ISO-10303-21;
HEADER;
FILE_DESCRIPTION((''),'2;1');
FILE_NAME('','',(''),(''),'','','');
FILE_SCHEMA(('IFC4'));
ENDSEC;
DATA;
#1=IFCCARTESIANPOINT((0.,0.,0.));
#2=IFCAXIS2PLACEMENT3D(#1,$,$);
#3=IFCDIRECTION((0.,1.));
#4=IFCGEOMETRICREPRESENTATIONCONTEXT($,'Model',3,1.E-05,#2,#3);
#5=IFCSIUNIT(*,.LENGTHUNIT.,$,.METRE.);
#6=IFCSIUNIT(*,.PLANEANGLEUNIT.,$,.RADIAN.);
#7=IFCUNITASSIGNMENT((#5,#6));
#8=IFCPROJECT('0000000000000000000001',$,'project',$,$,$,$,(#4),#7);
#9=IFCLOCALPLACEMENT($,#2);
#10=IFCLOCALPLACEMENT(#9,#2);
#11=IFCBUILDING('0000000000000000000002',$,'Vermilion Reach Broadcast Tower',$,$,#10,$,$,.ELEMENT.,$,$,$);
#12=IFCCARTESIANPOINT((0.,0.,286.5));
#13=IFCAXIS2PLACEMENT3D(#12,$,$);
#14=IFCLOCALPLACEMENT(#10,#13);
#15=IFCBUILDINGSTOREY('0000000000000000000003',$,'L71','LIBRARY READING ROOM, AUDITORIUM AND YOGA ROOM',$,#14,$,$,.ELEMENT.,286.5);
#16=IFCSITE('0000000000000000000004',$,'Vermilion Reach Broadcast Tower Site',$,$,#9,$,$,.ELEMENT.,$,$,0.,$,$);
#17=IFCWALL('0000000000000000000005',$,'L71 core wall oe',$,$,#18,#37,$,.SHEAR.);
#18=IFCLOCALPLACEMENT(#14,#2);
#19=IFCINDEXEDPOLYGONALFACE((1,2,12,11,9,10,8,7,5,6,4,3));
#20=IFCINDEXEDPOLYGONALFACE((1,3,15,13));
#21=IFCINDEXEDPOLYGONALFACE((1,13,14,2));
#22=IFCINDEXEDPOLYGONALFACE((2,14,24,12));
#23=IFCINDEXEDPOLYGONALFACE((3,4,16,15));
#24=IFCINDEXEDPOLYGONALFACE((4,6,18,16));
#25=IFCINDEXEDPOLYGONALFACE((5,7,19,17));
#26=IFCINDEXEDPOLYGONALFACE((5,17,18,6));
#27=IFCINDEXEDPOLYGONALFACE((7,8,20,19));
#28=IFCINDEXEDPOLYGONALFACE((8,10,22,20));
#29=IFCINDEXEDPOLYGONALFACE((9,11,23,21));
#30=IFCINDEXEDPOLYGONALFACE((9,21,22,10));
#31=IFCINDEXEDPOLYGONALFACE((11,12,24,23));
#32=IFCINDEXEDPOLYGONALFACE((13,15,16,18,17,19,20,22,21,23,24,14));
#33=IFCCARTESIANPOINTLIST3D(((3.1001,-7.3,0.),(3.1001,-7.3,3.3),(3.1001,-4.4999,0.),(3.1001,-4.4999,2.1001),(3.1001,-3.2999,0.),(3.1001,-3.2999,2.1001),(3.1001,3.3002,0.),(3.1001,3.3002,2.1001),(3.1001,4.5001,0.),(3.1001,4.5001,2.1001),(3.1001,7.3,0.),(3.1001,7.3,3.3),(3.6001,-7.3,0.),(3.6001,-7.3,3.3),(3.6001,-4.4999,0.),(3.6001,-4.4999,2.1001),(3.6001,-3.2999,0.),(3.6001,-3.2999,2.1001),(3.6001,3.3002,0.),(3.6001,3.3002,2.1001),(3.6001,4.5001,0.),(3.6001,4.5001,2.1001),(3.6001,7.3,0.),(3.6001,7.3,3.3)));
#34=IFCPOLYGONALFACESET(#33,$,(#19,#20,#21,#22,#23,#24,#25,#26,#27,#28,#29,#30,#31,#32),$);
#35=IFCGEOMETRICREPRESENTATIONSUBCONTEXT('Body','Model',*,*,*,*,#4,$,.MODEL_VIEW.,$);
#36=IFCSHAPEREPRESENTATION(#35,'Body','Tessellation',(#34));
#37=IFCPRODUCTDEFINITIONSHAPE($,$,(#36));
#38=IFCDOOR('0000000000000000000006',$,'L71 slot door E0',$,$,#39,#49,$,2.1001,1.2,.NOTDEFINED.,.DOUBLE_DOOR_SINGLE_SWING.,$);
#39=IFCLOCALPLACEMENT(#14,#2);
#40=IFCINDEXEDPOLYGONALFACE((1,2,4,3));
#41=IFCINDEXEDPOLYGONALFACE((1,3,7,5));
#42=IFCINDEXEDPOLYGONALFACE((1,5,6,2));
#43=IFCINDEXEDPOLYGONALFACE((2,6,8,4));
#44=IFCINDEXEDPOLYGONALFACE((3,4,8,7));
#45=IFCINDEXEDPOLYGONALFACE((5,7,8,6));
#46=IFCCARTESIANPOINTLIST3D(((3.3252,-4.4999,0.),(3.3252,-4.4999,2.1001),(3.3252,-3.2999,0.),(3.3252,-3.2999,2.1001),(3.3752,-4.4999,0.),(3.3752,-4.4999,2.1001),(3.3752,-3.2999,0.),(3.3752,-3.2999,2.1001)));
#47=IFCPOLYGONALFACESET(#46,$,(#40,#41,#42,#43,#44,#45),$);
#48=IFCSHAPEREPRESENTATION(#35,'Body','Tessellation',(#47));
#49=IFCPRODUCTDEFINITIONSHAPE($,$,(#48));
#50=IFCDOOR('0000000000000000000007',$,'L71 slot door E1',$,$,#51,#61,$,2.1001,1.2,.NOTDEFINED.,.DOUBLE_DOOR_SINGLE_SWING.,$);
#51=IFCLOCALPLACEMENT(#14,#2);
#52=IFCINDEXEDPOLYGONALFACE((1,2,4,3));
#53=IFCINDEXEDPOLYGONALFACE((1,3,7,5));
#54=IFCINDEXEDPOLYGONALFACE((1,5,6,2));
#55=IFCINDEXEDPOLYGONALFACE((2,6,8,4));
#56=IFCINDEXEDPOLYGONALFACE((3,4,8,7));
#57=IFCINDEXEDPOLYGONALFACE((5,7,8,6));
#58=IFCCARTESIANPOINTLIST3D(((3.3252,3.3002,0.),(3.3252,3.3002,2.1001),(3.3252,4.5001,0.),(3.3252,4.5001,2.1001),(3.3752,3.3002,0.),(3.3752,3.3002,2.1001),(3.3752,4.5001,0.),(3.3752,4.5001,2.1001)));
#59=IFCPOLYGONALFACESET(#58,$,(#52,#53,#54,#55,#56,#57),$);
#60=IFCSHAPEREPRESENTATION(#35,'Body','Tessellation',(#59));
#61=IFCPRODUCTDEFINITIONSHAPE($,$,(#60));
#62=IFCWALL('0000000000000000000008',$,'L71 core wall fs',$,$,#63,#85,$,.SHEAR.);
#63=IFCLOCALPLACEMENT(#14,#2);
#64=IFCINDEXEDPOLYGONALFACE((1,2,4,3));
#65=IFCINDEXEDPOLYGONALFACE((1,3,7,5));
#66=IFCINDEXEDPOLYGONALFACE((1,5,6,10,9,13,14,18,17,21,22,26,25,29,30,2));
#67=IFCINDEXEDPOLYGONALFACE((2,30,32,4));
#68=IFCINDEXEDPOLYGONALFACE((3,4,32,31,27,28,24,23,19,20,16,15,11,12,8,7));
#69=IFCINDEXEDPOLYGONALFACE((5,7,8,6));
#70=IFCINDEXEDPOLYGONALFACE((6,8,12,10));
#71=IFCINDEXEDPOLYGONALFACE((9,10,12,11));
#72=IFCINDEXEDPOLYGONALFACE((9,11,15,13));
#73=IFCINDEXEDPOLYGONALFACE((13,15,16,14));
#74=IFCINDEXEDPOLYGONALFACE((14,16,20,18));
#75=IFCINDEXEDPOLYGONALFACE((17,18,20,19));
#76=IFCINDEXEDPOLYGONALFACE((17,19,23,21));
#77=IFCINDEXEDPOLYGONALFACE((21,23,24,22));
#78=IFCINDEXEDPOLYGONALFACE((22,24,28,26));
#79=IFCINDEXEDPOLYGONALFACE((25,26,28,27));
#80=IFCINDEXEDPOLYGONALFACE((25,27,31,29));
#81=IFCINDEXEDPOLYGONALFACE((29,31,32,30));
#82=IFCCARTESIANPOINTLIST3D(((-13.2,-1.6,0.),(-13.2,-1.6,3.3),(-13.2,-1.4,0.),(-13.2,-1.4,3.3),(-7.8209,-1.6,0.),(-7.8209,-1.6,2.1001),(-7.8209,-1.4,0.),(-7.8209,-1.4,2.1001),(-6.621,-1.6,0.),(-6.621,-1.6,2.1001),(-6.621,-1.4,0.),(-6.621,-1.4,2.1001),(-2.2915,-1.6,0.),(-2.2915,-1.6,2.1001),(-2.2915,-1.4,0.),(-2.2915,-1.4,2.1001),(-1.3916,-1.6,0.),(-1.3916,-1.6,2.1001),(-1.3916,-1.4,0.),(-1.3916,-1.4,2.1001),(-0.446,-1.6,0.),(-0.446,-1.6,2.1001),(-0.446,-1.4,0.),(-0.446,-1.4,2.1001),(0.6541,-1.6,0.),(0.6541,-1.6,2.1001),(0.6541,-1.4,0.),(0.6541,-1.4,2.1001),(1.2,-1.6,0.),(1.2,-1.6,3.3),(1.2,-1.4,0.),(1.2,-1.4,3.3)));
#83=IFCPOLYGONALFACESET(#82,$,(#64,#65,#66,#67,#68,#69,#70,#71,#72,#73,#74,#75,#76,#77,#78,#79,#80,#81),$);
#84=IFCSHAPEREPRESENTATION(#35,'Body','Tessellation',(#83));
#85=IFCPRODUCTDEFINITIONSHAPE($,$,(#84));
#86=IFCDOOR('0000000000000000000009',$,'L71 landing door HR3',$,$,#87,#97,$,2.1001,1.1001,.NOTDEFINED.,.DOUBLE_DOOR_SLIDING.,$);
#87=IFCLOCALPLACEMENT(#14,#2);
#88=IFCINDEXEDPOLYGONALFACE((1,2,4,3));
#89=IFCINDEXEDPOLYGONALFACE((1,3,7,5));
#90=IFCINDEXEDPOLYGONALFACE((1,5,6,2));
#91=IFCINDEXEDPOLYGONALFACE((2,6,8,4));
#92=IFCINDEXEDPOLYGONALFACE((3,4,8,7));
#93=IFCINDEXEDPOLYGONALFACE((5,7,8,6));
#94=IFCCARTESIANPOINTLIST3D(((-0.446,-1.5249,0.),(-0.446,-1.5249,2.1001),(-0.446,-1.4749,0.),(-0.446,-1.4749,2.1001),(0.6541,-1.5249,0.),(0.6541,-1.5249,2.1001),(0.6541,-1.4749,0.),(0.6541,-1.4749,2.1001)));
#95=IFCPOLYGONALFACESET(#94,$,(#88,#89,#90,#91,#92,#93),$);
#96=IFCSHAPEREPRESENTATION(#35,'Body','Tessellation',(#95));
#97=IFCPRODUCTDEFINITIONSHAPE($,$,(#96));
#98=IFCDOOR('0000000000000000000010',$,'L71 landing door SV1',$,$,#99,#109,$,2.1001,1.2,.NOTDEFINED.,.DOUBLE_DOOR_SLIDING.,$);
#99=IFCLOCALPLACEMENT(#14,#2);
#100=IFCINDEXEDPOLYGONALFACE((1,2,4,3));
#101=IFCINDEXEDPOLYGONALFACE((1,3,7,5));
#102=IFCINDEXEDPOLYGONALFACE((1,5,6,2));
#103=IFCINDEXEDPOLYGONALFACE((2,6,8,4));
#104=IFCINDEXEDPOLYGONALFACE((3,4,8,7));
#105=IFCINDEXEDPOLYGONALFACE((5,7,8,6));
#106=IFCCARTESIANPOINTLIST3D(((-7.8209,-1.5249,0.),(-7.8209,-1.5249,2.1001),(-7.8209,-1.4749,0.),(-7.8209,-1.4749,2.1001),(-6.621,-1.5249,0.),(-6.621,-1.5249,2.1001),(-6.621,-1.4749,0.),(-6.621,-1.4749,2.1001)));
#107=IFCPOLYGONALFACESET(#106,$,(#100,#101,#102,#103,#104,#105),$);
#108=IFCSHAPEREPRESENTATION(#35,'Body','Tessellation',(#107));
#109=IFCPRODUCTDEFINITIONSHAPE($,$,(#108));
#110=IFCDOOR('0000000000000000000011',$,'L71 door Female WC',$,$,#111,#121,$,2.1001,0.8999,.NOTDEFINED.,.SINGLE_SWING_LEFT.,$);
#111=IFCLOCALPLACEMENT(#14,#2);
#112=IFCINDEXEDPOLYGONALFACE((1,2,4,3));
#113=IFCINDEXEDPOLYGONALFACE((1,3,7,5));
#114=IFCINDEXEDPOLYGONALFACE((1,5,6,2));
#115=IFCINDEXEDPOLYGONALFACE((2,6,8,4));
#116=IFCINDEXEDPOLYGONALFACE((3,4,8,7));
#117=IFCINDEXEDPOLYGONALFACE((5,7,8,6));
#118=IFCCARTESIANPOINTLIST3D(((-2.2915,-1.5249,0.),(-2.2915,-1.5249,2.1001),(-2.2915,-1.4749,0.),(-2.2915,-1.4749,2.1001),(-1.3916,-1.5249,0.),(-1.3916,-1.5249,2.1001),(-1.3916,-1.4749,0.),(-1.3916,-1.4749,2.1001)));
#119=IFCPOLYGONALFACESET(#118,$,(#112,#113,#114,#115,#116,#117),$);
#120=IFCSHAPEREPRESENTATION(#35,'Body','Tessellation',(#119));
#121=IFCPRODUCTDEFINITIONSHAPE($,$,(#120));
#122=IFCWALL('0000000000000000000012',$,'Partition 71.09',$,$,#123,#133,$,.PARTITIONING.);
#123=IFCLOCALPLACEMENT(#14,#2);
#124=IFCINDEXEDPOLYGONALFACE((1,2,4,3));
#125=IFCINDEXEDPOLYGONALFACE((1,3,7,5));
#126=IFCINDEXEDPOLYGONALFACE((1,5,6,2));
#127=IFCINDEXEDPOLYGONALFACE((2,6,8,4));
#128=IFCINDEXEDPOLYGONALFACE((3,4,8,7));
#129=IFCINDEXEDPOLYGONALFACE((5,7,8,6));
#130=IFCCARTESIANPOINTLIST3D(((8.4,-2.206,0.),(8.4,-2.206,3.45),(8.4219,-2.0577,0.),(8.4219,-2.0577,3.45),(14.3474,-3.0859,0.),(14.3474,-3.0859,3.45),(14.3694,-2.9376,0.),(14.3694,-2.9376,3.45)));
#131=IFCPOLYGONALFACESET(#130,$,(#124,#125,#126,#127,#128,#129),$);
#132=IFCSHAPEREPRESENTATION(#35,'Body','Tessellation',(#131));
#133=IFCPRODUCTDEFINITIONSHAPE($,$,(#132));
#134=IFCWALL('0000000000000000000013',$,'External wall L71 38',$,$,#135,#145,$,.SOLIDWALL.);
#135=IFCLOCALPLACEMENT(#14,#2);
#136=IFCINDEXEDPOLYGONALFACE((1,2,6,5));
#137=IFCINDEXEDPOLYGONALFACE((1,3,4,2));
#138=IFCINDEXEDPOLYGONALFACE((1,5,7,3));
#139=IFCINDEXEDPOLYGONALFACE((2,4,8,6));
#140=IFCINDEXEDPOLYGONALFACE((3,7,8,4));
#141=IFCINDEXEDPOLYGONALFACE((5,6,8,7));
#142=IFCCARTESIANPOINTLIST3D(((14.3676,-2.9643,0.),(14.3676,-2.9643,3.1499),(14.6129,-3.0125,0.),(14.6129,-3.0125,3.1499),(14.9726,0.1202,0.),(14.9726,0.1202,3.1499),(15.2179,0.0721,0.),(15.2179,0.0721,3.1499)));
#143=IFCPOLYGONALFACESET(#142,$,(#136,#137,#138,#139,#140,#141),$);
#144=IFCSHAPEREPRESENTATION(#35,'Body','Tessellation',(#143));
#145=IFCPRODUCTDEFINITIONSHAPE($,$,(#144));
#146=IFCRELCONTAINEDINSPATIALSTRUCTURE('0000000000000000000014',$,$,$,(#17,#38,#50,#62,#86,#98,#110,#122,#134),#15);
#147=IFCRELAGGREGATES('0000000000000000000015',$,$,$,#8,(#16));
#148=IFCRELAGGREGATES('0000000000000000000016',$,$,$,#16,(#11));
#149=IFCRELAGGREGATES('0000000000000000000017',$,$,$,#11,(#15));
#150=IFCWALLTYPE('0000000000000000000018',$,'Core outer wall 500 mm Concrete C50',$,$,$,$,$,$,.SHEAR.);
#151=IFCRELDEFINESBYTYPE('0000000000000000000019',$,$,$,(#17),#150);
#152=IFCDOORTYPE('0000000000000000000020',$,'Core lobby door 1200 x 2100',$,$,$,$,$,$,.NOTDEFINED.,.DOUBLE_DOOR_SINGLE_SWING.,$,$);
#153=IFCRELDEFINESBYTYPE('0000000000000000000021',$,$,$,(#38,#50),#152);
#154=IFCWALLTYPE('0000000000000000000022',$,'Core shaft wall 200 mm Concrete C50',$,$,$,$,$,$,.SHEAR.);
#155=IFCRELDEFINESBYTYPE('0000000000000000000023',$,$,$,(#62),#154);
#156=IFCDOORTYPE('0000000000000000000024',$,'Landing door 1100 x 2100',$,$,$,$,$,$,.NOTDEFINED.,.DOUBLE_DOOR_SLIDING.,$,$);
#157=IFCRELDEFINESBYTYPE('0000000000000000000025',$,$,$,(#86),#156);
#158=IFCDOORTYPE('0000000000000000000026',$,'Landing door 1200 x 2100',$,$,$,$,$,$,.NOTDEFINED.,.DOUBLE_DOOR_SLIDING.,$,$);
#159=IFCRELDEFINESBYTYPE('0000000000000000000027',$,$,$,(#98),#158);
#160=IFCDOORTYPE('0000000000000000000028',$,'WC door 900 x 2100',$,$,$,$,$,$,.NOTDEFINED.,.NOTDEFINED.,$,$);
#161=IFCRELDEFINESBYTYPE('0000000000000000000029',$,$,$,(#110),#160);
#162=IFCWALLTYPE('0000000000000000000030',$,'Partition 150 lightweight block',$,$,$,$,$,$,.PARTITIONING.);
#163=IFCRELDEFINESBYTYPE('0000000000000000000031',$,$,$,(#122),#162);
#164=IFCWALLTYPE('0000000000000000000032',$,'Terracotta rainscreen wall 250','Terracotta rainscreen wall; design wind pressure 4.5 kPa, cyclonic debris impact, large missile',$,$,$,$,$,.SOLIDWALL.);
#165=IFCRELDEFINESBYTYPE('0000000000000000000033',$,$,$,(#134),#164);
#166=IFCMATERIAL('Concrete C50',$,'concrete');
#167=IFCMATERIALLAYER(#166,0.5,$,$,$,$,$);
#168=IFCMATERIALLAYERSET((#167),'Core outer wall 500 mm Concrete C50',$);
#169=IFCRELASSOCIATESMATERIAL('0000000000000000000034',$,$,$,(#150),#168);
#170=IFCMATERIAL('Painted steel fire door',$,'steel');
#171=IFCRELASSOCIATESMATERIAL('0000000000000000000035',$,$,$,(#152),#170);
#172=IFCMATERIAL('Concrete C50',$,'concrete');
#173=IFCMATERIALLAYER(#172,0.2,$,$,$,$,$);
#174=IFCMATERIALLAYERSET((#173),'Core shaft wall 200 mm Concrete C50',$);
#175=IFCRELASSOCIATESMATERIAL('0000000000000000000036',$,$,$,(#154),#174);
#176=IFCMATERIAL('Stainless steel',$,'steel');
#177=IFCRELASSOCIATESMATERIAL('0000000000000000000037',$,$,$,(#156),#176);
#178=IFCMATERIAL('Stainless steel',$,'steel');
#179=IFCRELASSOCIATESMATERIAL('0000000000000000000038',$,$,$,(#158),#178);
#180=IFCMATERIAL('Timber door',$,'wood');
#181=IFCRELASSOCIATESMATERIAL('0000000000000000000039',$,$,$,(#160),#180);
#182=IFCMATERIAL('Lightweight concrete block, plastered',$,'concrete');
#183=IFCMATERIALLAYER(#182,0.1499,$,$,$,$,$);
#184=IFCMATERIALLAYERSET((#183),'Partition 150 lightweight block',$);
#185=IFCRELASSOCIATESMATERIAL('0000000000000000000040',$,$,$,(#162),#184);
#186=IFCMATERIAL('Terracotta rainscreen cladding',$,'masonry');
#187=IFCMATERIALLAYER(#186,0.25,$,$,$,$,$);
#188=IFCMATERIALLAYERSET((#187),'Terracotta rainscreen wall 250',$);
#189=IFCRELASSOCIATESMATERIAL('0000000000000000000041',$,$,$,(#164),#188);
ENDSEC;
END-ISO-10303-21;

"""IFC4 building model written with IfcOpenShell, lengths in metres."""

from ifc_helpers import new_model, si_unit, direction, frame, frame_2d, origin, place, context, subcontext, project, spatial, rectangle, extrude, material, layer, layer_set, type_object, element, fill, save


model = new_model("IFC4")

# Units and contexts
model_context = context("Model", 3, precision=1e-05, world=origin(), true_north=direction((0.0, 1.0)))
body_context = subcontext(model_context, "Body", "Model", "MODEL_VIEW")
ifc_project = project(units=[si_unit("LENGTHUNIT", "METRE"), si_unit("PLANEANGLEUNIT", "RADIAN")], contexts=[model_context])

# Site, building, storey
site_placement = place(None, origin())
site = spatial("IfcSite", under=ifc_project, at=site_placement, Name="Vermilion Reach Broadcast Tower Site", CompositionType="ELEMENT", RefElevation=0.0)
building_placement = place(site_placement, origin())
building = spatial("IfcBuilding", under=site, at=building_placement, Name="Vermilion Reach Broadcast Tower", CompositionType="ELEMENT")
storey_placement = place(building_placement, frame((0.0, 0.0, 286.5)))
storey = spatial("IfcBuildingStorey", under=building, at=storey_placement, Name="L71", Description="LIBRARY READING ROOM, AUDITORIUM AND YOGA ROOM", CompositionType="ELEMENT", Elevation=286.5)

# Walls, openings, doors
ifc_material_1 = material(Name="Concrete C50", Category="concrete")
ifc_layer_1 = layer(ifc_material_1, 0.5)
ifc_layer_set_1 = layer_set([ifc_layer_1], Name="Core outer wall 500 mm Concrete C50")
wall_type_1 = type_object("IfcWallType", Name="Core outer wall 500 mm Concrete C50", PredefinedType="SHEAR", material=ifc_layer_set_1)
wall_1_placement = place(storey_placement, frame((3.3501, -7.3, 0.0), z_axis=(0.0, 0.0, 1.0), x_axis=(0.0, 1.0, 0.0)))
wall_1 = element("IfcWall", 1, at=wall_1_placement, inside=storey, type_object=wall_type_1, Name="L71 core wall oe", PredefinedType="SHEAR", context=body_context, shape_type="SweptSolid", body=[
    extrude(rectangle(XDim=14.6001, YDim=0.5, at=frame_2d((7.3, 0.0))), origin(), (0.0, 0.0, 1.0), 3.3),
])
opening_1_placement = place(wall_1_placement, frame((2.8, 0.0, 0.0)))
opening_1 = element("IfcOpeningElement", 2, at=opening_1_placement, cuts=wall_1, PredefinedType="OPENING", context=body_context, shape_type="SweptSolid", body=[
    extrude(rectangle(XDim=1.2, YDim=2.1001, at=frame_2d((0.6001, 1.05))), frame((0.0, 0.26, 0.0), z_axis=(0.0, -1.0, 0.0), x_axis=(1.0, 0.0, 0.0)), (0.0, 0.0, 1.0), 0.52),
])
opening_2_placement = place(wall_1_placement, frame((10.6001, 0.0, 0.0)))
opening_2 = element("IfcOpeningElement", 3, at=opening_2_placement, cuts=wall_1, PredefinedType="OPENING", context=body_context, shape_type="SweptSolid", body=[
    extrude(rectangle(XDim=1.2, YDim=2.1001, at=frame_2d((0.6001, 1.05))), frame((0.0, 0.26, 0.0), z_axis=(0.0, -1.0, 0.0), x_axis=(1.0, 0.0, 0.0)), (0.0, 0.0, 1.0), 0.52),
])
ifc_material_2 = material(Name="Painted steel fire door", Category="steel")
door_type_1 = type_object("IfcDoorType", Name="Core lobby door 1200 x 2100", OperationType="DOUBLE_DOOR_SINGLE_SWING", PredefinedType="NOTDEFINED", material=ifc_material_2)
door_1_placement = place(opening_1_placement, origin())
door_1 = element("IfcDoor", 4, at=door_1_placement, inside=storey, type_object=door_type_1, Name="L71 slot door E0", OperationType="DOUBLE_DOOR_SINGLE_SWING", OverallHeight=2.1001, OverallWidth=1.2, PredefinedType="NOTDEFINED", context=body_context, shape_type="SweptSolid", body=[
    extrude(rectangle(XDim=1.2, YDim=2.1001, at=frame_2d((0.6001, 1.05))), frame((0.0, 0.0249, 0.0), z_axis=(0.0, -1.0, 0.0), x_axis=(1.0, 0.0, 0.0)), (0.0, 0.0, 1.0), 0.05),
])
fill(opening_1, door_1)
door_2_placement = place(opening_2_placement, origin())
door_2 = element("IfcDoor", 5, at=door_2_placement, inside=storey, type_object=door_type_1, Name="L71 slot door E1", OperationType="DOUBLE_DOOR_SINGLE_SWING", OverallHeight=2.1001, OverallWidth=1.2, PredefinedType="NOTDEFINED", context=body_context, shape_type="SweptSolid", body=[
    extrude(rectangle(XDim=1.2, YDim=2.1001, at=frame_2d((0.6001, 1.05))), frame((0.0, 0.0249, 0.0), z_axis=(0.0, -1.0, 0.0), x_axis=(1.0, 0.0, 0.0)), (0.0, 0.0, 1.0), 0.05),
])
fill(opening_2, door_2)
ifc_material_3 = material(Name="Concrete C50", Category="concrete")
ifc_layer_2 = layer(ifc_material_3, 0.2)
ifc_layer_set_2 = layer_set([ifc_layer_2], Name="Core shaft wall 200 mm Concrete C50")
wall_type_2 = type_object("IfcWallType", Name="Core shaft wall 200 mm Concrete C50", PredefinedType="SHEAR", material=ifc_layer_set_2)
wall_2_placement = place(storey_placement, frame((1.2, -1.5, 0.0), z_axis=(0.0, 0.0, 1.0), x_axis=(-1.0, 0.0, 0.0)))
wall_2 = element("IfcWall", 6, at=wall_2_placement, inside=storey, type_object=wall_type_2, Name="L71 core wall fs", PredefinedType="SHEAR", context=body_context, shape_type="SweptSolid", body=[
    extrude(rectangle(XDim=14.3999, YDim=0.2, at=frame_2d((7.2, 0.0))), origin(), (0.0, 0.0, 1.0), 3.3),
])
opening_3_placement = place(wall_2_placement, frame((7.8208, 0.0, 0.0)))
opening_3 = element("IfcOpeningElement", 7, at=opening_3_placement, cuts=wall_2, PredefinedType="OPENING", context=body_context, shape_type="SweptSolid", body=[
    extrude(rectangle(XDim=1.2, YDim=2.1001, at=frame_2d((0.6001, 1.05))), frame((0.0, 0.1099, 0.0), z_axis=(0.0, -1.0, 0.0), x_axis=(1.0, 0.0, 0.0)), (0.0, 0.0, 1.0), 0.22),
])
opening_4_placement = place(wall_2_placement, frame((0.5459, 0.0, 0.0)))
opening_4 = element("IfcOpeningElement", 8, at=opening_4_placement, cuts=wall_2, PredefinedType="OPENING", context=body_context, shape_type="SweptSolid", body=[
    extrude(rectangle(XDim=1.1001, YDim=2.1001, at=frame_2d((0.55, 1.05))), frame((0.0, 0.1099, 0.0), z_axis=(0.0, -1.0, 0.0), x_axis=(1.0, 0.0, 0.0)), (0.0, 0.0, 1.0), 0.22),
])
opening_5_placement = place(wall_2_placement, frame((2.5916, 0.0, 0.0)))
opening_5 = element("IfcOpeningElement", 9, at=opening_5_placement, cuts=wall_2, PredefinedType="OPENING", context=body_context, shape_type="SweptSolid", body=[
    extrude(rectangle(XDim=0.8999, YDim=2.1001, at=frame_2d((0.45, 1.05))), frame((0.0, 0.1099, 0.0), z_axis=(0.0, -1.0, 0.0), x_axis=(1.0, 0.0, 0.0)), (0.0, 0.0, 1.0), 0.22),
])
ifc_material_4 = material(Name="Stainless steel", Category="steel")
door_type_2 = type_object("IfcDoorType", Name="Landing door 1100 x 2100", OperationType="DOUBLE_DOOR_SLIDING", PredefinedType="NOTDEFINED", material=ifc_material_4)
door_3_placement = place(opening_4_placement, origin())
door_3 = element("IfcDoor", 10, at=door_3_placement, inside=storey, type_object=door_type_2, Name="L71 landing door HR3", OperationType="DOUBLE_DOOR_SLIDING", OverallHeight=2.1001, OverallWidth=1.1001, PredefinedType="NOTDEFINED", context=body_context, shape_type="SweptSolid", body=[
    extrude(rectangle(XDim=1.1001, YDim=2.1001, at=frame_2d((0.55, 1.05))), frame((0.0, 0.0249, 0.0), z_axis=(0.0, -1.0, 0.0), x_axis=(1.0, 0.0, 0.0)), (0.0, 0.0, 1.0), 0.05),
])
fill(opening_4, door_3)
ifc_material_5 = material(Name="Stainless steel", Category="steel")
door_type_3 = type_object("IfcDoorType", Name="Landing door 1200 x 2100", OperationType="DOUBLE_DOOR_SLIDING", PredefinedType="NOTDEFINED", material=ifc_material_5)
door_4_placement = place(opening_3_placement, origin())
door_4 = element("IfcDoor", 11, at=door_4_placement, inside=storey, type_object=door_type_3, Name="L71 landing door SV1", OperationType="DOUBLE_DOOR_SLIDING", OverallHeight=2.1001, OverallWidth=1.2, PredefinedType="NOTDEFINED", context=body_context, shape_type="SweptSolid", body=[
    extrude(rectangle(XDim=1.2, YDim=2.1001, at=frame_2d((0.6001, 1.05))), frame((0.0, 0.0249, 0.0), z_axis=(0.0, -1.0, 0.0), x_axis=(1.0, 0.0, 0.0)), (0.0, 0.0, 1.0), 0.05),
])
fill(opening_3, door_4)
ifc_material_6 = material(Name="Timber door", Category="wood")
door_type_4 = type_object("IfcDoorType", Name="WC door 900 x 2100", OperationType="NOTDEFINED", PredefinedType="NOTDEFINED", material=ifc_material_6)
door_5_placement = place(opening_5_placement, origin())
door_5 = element("IfcDoor", 12, at=door_5_placement, inside=storey, type_object=door_type_4, Name="L71 door Female WC", OperationType="SINGLE_SWING_LEFT", OverallHeight=2.1001, OverallWidth=0.8999, PredefinedType="NOTDEFINED", context=body_context, shape_type="SweptSolid", body=[
    extrude(rectangle(XDim=0.8999, YDim=2.1001, at=frame_2d((0.45, 1.05))), frame((0.0, 0.0249, 0.0), z_axis=(0.0, -1.0, 0.0), x_axis=(1.0, 0.0, 0.0)), (0.0, 0.0, 1.0), 0.05),
])
fill(opening_5, door_5)

# Walls
ifc_material_7 = material(Name="Lightweight concrete block, plastered", Category="concrete")
ifc_layer_3 = layer(ifc_material_7, 0.1499)
ifc_layer_set_3 = layer_set([ifc_layer_3], Name="Partition 150 lightweight block")
wall_type_3 = type_object("IfcWallType", Name="Partition 150 lightweight block", PredefinedType="PARTITIONING", material=ifc_layer_set_3)
wall_3_placement = place(storey_placement, frame((14.3584, -3.0117, 0.0), z_axis=(0.0, 0.0, 1.0), x_axis=(-0.989233, 0.146349, 0.0)))
element("IfcWall", 13, at=wall_3_placement, inside=storey, type_object=wall_type_3, Name="Partition 71.09", PredefinedType="PARTITIONING", context=body_context, shape_type="SweptSolid", body=[
    extrude(rectangle(XDim=6.0122, YDim=0.1499, at=frame_2d((3.0061, 0.0))), origin(), (0.0, 0.0, 1.0), 3.45),
])
ifc_material_8 = material(Name="Terracotta rainscreen cladding", Category="masonry")
ifc_layer_4 = layer(ifc_material_8, 0.25)
ifc_layer_set_4 = layer_set([ifc_layer_4], Name="Terracotta rainscreen wall 250")
wall_type_4 = type_object("IfcWallType", Name="Terracotta rainscreen wall 250", Description="Terracotta rainscreen wall; design wind pressure 4.5 kPa, cyclonic debris impact, large missile", PredefinedType="SOLIDWALL", material=ifc_layer_set_4)
wall_4_placement = place(storey_placement, frame((14.4902, -2.9885, 0.0), z_axis=(0.0, 0.0, 1.0), x_axis=(0.19247, 0.981303, 0.0)))
element("IfcWall", 14, at=wall_4_placement, inside=storey, type_object=wall_type_4, Name="External wall L71 38", PredefinedType="SOLIDWALL", context=body_context, shape_type="SweptSolid", body=[
    extrude(rectangle(XDim=3.1433, YDim=0.25, at=frame_2d((1.5718, 0.0))), origin(), (0.0, 0.0, 1.0), 3.1499),
])

save(model, "model.ifc")
